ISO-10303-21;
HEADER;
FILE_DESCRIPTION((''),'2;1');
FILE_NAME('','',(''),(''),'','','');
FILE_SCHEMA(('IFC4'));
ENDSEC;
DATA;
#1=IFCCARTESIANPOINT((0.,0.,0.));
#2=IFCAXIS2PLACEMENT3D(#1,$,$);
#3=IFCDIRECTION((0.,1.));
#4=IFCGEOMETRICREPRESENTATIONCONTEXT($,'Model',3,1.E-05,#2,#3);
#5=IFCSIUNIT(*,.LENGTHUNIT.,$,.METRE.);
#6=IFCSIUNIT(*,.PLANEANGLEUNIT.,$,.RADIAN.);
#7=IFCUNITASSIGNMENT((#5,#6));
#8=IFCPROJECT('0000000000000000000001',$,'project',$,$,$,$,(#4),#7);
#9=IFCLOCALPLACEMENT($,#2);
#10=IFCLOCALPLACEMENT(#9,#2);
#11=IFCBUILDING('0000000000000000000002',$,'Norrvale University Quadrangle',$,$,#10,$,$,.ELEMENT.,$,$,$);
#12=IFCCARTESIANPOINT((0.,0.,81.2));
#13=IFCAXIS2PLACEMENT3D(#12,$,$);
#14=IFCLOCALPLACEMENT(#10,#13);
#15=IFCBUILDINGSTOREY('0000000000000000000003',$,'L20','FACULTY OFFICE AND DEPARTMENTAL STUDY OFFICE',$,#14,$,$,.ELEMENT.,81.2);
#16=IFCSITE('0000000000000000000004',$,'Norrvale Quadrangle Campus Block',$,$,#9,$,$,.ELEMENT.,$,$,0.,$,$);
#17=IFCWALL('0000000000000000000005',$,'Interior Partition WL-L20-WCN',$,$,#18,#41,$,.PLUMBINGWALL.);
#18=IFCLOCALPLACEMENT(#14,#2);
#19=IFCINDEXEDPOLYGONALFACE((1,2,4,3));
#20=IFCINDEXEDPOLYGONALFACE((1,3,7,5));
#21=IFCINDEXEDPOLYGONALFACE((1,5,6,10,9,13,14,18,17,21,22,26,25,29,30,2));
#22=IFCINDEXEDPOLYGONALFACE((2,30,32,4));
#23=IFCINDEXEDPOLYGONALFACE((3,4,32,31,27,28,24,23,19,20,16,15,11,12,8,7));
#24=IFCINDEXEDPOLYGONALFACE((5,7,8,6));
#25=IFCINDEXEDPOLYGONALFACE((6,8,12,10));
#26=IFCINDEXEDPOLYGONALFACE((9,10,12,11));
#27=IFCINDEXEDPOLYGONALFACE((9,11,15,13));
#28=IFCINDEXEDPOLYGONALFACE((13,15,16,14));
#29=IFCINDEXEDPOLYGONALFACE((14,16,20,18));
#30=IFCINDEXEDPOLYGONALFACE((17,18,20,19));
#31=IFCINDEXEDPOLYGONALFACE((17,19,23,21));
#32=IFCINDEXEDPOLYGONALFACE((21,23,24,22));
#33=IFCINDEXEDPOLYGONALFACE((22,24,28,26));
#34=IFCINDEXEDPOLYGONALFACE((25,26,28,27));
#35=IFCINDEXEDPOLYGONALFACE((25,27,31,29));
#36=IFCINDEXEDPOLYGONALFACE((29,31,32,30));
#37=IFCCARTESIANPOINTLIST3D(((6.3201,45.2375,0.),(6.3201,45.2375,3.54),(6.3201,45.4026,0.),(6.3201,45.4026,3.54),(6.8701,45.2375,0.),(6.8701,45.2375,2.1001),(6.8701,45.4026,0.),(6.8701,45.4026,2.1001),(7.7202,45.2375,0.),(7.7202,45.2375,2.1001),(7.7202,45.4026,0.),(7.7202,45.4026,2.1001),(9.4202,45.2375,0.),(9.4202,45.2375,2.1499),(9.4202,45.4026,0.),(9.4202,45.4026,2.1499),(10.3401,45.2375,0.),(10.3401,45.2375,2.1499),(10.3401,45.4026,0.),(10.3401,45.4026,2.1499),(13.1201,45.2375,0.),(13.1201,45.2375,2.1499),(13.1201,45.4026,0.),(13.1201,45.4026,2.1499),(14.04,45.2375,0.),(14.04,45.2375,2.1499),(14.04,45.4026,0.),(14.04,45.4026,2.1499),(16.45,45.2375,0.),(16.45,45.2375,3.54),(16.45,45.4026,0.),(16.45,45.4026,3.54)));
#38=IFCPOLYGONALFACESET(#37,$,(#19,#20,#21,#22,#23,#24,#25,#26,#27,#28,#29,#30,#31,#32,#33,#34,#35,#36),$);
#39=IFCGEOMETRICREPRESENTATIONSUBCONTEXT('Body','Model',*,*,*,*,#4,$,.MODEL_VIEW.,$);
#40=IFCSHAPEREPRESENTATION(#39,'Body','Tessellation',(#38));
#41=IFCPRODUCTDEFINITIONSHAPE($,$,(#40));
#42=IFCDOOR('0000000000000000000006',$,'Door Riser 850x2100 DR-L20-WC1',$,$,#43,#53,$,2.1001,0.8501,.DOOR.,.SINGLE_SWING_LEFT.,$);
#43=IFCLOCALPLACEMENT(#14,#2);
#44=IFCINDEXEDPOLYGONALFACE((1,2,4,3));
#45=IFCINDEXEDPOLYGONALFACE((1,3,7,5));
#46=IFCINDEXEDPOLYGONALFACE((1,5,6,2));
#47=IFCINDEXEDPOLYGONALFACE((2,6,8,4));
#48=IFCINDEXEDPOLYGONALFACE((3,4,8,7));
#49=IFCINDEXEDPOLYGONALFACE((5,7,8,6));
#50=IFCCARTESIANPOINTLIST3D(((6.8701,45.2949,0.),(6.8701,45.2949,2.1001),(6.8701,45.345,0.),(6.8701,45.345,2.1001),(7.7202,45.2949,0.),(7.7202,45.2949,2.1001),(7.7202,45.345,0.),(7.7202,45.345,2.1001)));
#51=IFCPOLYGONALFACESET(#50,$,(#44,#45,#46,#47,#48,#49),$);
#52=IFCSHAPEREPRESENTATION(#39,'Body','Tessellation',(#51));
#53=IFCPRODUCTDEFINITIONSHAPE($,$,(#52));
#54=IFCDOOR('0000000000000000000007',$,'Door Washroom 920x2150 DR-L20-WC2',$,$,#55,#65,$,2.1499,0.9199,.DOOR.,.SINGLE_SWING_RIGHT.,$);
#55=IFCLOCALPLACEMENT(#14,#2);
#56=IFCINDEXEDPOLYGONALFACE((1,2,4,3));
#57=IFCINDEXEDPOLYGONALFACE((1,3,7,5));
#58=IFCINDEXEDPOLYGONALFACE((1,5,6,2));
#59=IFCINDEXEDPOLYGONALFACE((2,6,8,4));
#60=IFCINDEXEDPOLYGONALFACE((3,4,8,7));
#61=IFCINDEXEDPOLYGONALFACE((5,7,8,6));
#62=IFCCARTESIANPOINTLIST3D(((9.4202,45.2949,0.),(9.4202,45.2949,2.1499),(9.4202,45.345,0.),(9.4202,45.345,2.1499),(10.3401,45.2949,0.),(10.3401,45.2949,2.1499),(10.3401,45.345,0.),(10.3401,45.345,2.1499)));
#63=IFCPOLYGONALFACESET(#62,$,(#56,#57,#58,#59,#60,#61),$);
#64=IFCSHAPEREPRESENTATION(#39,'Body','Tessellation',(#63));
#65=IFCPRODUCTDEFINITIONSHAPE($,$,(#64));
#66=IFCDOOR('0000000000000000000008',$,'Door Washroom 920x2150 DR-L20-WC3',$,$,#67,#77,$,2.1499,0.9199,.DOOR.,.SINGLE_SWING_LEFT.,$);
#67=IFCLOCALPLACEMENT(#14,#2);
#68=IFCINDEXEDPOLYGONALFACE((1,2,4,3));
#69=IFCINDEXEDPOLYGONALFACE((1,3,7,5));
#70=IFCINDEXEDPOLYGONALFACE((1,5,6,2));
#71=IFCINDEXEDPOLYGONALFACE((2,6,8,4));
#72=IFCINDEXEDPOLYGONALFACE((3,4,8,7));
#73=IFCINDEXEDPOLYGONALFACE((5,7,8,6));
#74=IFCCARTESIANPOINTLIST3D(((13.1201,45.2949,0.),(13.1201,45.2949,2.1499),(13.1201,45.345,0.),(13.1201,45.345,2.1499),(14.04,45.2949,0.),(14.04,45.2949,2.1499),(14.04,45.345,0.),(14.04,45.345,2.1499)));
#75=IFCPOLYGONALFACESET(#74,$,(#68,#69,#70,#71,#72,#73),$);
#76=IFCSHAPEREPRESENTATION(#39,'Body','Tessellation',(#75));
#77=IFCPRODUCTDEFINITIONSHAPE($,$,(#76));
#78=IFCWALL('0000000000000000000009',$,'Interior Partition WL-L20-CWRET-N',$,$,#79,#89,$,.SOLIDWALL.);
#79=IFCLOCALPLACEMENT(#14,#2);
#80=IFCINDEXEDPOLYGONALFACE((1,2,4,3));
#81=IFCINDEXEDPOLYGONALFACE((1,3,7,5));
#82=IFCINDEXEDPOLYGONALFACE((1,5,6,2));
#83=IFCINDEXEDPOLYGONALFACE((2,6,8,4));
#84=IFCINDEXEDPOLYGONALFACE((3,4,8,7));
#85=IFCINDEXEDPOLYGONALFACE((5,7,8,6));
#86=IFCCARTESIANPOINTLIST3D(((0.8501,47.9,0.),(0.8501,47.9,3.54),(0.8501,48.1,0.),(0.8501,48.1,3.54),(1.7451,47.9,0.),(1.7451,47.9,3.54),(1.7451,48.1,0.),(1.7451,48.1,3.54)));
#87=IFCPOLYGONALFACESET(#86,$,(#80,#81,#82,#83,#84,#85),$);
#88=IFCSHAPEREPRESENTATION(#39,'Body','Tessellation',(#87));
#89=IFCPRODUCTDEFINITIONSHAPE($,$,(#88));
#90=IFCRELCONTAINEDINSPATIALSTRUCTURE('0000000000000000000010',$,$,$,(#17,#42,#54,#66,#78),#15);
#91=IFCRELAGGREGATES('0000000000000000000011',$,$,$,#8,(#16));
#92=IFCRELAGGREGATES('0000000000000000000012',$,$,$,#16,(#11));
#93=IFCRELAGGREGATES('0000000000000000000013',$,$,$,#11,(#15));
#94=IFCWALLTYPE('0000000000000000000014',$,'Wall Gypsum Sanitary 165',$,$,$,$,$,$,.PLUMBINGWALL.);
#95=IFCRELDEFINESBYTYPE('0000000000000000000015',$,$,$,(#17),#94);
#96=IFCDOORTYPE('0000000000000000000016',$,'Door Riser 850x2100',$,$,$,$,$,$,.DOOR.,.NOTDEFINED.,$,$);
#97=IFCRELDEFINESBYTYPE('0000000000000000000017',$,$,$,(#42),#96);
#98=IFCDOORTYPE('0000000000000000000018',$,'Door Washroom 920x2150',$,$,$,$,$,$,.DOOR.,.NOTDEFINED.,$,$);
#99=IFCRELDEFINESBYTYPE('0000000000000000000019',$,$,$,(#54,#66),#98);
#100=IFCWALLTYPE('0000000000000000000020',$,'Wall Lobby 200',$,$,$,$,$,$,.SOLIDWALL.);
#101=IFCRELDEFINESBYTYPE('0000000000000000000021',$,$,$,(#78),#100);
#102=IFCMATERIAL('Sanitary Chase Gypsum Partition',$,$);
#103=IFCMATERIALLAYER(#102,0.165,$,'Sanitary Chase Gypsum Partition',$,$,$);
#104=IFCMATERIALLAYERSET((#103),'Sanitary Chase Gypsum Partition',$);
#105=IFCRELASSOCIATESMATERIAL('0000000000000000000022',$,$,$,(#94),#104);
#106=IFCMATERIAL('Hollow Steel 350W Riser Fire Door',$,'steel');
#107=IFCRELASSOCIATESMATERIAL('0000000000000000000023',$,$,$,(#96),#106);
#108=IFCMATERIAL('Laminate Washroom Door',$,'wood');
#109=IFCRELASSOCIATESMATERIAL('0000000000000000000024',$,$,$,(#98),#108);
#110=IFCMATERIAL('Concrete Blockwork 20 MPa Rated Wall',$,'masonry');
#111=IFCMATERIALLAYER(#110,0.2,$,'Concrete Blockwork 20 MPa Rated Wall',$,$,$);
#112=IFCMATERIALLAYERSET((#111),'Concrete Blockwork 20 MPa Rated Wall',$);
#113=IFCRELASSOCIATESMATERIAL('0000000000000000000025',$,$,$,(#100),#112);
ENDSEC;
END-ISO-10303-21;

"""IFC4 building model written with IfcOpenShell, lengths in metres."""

from ifc_helpers import new_model, si_unit, direction, frame, frame_2d, origin, place, context, subcontext, project, spatial, rectangle, extrude, material, layer, layer_set, type_object, element, fill, save


model = new_model("IFC4")

# Units and contexts
model_context = context("Model", 3, precision=1e-05, world=origin(), true_north=direction((0.0, 1.0)))
body_context = subcontext(model_context, "Body", "Model", "MODEL_VIEW")
ifc_project = project(units=[si_unit("LENGTHUNIT", "METRE"), si_unit("PLANEANGLEUNIT", "RADIAN")], contexts=[model_context])

# Site, building, storey
site_placement = place(None, origin())
site = spatial("IfcSite", under=ifc_project, at=site_placement, Name="Norrvale Quadrangle Campus Block", CompositionType="ELEMENT", RefElevation=0.0)
building_placement = place(site_placement, origin())
building = spatial("IfcBuilding", under=site, at=building_placement, Name="Norrvale University Quadrangle", CompositionType="ELEMENT")
storey_placement = place(building_placement, frame((0.0, 0.0, 81.2)))
storey = spatial("IfcBuildingStorey", under=building, at=storey_placement, Name="L20", Description="FACULTY OFFICE AND DEPARTMENTAL STUDY OFFICE", CompositionType="ELEMENT", Elevation=81.2)

# Wall, openings, doors
ifc_material_1 = material(Name="Sanitary Chase Gypsum Partition")
ifc_layer_1 = layer(ifc_material_1, 0.165, Name="Sanitary Chase Gypsum Partition")
ifc_layer_set_1 = layer_set([ifc_layer_1], Name="Sanitary Chase Gypsum Partition")
wall_type_1 = type_object("IfcWallType", Name="Wall Gypsum Sanitary 165", PredefinedType="PLUMBINGWALL", material=ifc_layer_set_1)
wall_1_placement = place(storey_placement, frame((6.3201, 45.3201, 0.0), z_axis=(0.0, 0.0, 1.0), x_axis=(1.0, 0.0, 0.0)))
wall_1 = element("IfcWall", 1, at=wall_1_placement, inside=storey, type_object=wall_type_1, Name="Interior Partition WL-L20-WCN", PredefinedType="PLUMBINGWALL", context=body_context, shape_type="SweptSolid", body=[
    extrude(rectangle(XDim=10.1299, YDim=0.165, at=frame_2d((5.0649, 0.0))), origin(), (0.0, 0.0, 1.0), 3.54),
])
opening_1_placement = place(wall_1_placement, frame((0.55, 0.0, 0.0)))
opening_1 = element("IfcOpeningElement", 2, at=opening_1_placement, cuts=wall_1, PredefinedType="OPENING", context=body_context, shape_type="SweptSolid", body=[
    extrude(rectangle(XDim=0.8501, YDim=2.1001, at=frame_2d((0.425, 1.05))), frame((0.0, 0.0945, 0.0), z_axis=(0.0, -1.0, 0.0), x_axis=(1.0, 0.0, 0.0)), (0.0, 0.0, 1.0), 0.189),
])
opening_2_placement = place(wall_1_placement, frame((3.1001, 0.0, 0.0)))
opening_2 = element("IfcOpeningElement", 3, at=opening_2_placement, cuts=wall_1, PredefinedType="OPENING", context=body_context, shape_type="SweptSolid", body=[
    extrude(rectangle(XDim=0.9199, YDim=2.1499, at=frame_2d((0.46, 1.075))), frame((0.0, 0.0945, 0.0), z_axis=(0.0, -1.0, 0.0), x_axis=(1.0, 0.0, 0.0)), (0.0, 0.0, 1.0), 0.189),
])
opening_3_placement = place(wall_1_placement, frame((6.8, 0.0, 0.0)))
opening_3 = element("IfcOpeningElement", 4, at=opening_3_placement, cuts=wall_1, PredefinedType="OPENING", context=body_context, shape_type="SweptSolid", body=[
    extrude(rectangle(XDim=0.9199, YDim=2.1499, at=frame_2d((0.46, 1.075))), frame((0.0, 0.0945, 0.0), z_axis=(0.0, -1.0, 0.0), x_axis=(1.0, 0.0, 0.0)), (0.0, 0.0, 1.0), 0.189),
])
ifc_material_2 = material(Name="Hollow Steel 350W Riser Fire Door", Category="steel")
door_type_1 = type_object("IfcDoorType", Name="Door Riser 850x2100", OperationType="NOTDEFINED", PredefinedType="DOOR", material=ifc_material_2)
door_1_placement = place(opening_1_placement, origin())
door_1 = element("IfcDoor", 5, at=door_1_placement, inside=storey, type_object=door_type_1, Name="Door Riser 850x2100 DR-L20-WC1", OperationType="SINGLE_SWING_LEFT", OverallHeight=2.1001, OverallWidth=0.8501, PredefinedType="DOOR", context=body_context, shape_type="SweptSolid", body=[
    extrude(rectangle(XDim=0.8501, YDim=2.1001, at=frame_2d((0.425, 1.05))), frame((0.0, 0.0249, 0.0), z_axis=(0.0, -1.0, 0.0), x_axis=(1.0, 0.0, 0.0)), (0.0, 0.0, 1.0), 0.05),
])
fill(opening_1, door_1)
ifc_material_3 = material(Name="Laminate Washroom Door", Category="wood")
door_type_2 = type_object("IfcDoorType", Name="Door Washroom 920x2150", OperationType="NOTDEFINED", PredefinedType="DOOR", material=ifc_material_3)
door_2_placement = place(opening_2_placement, origin())
door_2 = element("IfcDoor", 6, at=door_2_placement, inside=storey, type_object=door_type_2, Name="Door Washroom 920x2150 DR-L20-WC2", OperationType="SINGLE_SWING_RIGHT", OverallHeight=2.1499, OverallWidth=0.9199, PredefinedType="DOOR", context=body_context, shape_type="SweptSolid", body=[
    extrude(rectangle(XDim=0.9199, YDim=2.1499, at=frame_2d((0.46, 1.075))), frame((0.0, 0.0249, 0.0), z_axis=(0.0, -1.0, 0.0), x_axis=(1.0, 0.0, 0.0)), (0.0, 0.0, 1.0), 0.05),
])
fill(opening_2, door_2)
door_3_placement = place(opening_3_placement, origin())
door_3 = element("IfcDoor", 7, at=door_3_placement, inside=storey, type_object=door_type_2, Name="Door Washroom 920x2150 DR-L20-WC3", OperationType="SINGLE_SWING_LEFT", OverallHeight=2.1499, OverallWidth=0.9199, PredefinedType="DOOR", context=body_context, shape_type="SweptSolid", body=[
    extrude(rectangle(XDim=0.9199, YDim=2.1499, at=frame_2d((0.46, 1.075))), frame((0.0, 0.0249, 0.0), z_axis=(0.0, -1.0, 0.0), x_axis=(1.0, 0.0, 0.0)), (0.0, 0.0, 1.0), 0.05),
])
fill(opening_3, door_3)

# Wall
ifc_material_4 = material(Name="Concrete Blockwork 20 MPa Rated Wall", Category="masonry")
ifc_layer_2 = layer(ifc_material_4, 0.2, Name="Concrete Blockwork 20 MPa Rated Wall")
ifc_layer_set_2 = layer_set([ifc_layer_2], Name="Concrete Blockwork 20 MPa Rated Wall")
wall_type_2 = type_object("IfcWallType", Name="Wall Lobby 200", PredefinedType="SOLIDWALL", material=ifc_layer_set_2)
wall_2_placement = place(storey_placement, frame((0.8501, 48.0, 0.0), z_axis=(0.0, 0.0, 1.0), x_axis=(1.0, 0.0, 0.0)))
element("IfcWall", 8, at=wall_2_placement, inside=storey, type_object=wall_type_2, Name="Interior Partition WL-L20-CWRET-N", PredefinedType="SOLIDWALL", context=body_context, shape_type="SweptSolid", body=[
    extrude(rectangle(XDim=0.895, YDim=0.2, at=frame_2d((0.4475, 0.0))), origin(), (0.0, 0.0, 1.0), 3.54),
])

save(model, "model.ifc")
